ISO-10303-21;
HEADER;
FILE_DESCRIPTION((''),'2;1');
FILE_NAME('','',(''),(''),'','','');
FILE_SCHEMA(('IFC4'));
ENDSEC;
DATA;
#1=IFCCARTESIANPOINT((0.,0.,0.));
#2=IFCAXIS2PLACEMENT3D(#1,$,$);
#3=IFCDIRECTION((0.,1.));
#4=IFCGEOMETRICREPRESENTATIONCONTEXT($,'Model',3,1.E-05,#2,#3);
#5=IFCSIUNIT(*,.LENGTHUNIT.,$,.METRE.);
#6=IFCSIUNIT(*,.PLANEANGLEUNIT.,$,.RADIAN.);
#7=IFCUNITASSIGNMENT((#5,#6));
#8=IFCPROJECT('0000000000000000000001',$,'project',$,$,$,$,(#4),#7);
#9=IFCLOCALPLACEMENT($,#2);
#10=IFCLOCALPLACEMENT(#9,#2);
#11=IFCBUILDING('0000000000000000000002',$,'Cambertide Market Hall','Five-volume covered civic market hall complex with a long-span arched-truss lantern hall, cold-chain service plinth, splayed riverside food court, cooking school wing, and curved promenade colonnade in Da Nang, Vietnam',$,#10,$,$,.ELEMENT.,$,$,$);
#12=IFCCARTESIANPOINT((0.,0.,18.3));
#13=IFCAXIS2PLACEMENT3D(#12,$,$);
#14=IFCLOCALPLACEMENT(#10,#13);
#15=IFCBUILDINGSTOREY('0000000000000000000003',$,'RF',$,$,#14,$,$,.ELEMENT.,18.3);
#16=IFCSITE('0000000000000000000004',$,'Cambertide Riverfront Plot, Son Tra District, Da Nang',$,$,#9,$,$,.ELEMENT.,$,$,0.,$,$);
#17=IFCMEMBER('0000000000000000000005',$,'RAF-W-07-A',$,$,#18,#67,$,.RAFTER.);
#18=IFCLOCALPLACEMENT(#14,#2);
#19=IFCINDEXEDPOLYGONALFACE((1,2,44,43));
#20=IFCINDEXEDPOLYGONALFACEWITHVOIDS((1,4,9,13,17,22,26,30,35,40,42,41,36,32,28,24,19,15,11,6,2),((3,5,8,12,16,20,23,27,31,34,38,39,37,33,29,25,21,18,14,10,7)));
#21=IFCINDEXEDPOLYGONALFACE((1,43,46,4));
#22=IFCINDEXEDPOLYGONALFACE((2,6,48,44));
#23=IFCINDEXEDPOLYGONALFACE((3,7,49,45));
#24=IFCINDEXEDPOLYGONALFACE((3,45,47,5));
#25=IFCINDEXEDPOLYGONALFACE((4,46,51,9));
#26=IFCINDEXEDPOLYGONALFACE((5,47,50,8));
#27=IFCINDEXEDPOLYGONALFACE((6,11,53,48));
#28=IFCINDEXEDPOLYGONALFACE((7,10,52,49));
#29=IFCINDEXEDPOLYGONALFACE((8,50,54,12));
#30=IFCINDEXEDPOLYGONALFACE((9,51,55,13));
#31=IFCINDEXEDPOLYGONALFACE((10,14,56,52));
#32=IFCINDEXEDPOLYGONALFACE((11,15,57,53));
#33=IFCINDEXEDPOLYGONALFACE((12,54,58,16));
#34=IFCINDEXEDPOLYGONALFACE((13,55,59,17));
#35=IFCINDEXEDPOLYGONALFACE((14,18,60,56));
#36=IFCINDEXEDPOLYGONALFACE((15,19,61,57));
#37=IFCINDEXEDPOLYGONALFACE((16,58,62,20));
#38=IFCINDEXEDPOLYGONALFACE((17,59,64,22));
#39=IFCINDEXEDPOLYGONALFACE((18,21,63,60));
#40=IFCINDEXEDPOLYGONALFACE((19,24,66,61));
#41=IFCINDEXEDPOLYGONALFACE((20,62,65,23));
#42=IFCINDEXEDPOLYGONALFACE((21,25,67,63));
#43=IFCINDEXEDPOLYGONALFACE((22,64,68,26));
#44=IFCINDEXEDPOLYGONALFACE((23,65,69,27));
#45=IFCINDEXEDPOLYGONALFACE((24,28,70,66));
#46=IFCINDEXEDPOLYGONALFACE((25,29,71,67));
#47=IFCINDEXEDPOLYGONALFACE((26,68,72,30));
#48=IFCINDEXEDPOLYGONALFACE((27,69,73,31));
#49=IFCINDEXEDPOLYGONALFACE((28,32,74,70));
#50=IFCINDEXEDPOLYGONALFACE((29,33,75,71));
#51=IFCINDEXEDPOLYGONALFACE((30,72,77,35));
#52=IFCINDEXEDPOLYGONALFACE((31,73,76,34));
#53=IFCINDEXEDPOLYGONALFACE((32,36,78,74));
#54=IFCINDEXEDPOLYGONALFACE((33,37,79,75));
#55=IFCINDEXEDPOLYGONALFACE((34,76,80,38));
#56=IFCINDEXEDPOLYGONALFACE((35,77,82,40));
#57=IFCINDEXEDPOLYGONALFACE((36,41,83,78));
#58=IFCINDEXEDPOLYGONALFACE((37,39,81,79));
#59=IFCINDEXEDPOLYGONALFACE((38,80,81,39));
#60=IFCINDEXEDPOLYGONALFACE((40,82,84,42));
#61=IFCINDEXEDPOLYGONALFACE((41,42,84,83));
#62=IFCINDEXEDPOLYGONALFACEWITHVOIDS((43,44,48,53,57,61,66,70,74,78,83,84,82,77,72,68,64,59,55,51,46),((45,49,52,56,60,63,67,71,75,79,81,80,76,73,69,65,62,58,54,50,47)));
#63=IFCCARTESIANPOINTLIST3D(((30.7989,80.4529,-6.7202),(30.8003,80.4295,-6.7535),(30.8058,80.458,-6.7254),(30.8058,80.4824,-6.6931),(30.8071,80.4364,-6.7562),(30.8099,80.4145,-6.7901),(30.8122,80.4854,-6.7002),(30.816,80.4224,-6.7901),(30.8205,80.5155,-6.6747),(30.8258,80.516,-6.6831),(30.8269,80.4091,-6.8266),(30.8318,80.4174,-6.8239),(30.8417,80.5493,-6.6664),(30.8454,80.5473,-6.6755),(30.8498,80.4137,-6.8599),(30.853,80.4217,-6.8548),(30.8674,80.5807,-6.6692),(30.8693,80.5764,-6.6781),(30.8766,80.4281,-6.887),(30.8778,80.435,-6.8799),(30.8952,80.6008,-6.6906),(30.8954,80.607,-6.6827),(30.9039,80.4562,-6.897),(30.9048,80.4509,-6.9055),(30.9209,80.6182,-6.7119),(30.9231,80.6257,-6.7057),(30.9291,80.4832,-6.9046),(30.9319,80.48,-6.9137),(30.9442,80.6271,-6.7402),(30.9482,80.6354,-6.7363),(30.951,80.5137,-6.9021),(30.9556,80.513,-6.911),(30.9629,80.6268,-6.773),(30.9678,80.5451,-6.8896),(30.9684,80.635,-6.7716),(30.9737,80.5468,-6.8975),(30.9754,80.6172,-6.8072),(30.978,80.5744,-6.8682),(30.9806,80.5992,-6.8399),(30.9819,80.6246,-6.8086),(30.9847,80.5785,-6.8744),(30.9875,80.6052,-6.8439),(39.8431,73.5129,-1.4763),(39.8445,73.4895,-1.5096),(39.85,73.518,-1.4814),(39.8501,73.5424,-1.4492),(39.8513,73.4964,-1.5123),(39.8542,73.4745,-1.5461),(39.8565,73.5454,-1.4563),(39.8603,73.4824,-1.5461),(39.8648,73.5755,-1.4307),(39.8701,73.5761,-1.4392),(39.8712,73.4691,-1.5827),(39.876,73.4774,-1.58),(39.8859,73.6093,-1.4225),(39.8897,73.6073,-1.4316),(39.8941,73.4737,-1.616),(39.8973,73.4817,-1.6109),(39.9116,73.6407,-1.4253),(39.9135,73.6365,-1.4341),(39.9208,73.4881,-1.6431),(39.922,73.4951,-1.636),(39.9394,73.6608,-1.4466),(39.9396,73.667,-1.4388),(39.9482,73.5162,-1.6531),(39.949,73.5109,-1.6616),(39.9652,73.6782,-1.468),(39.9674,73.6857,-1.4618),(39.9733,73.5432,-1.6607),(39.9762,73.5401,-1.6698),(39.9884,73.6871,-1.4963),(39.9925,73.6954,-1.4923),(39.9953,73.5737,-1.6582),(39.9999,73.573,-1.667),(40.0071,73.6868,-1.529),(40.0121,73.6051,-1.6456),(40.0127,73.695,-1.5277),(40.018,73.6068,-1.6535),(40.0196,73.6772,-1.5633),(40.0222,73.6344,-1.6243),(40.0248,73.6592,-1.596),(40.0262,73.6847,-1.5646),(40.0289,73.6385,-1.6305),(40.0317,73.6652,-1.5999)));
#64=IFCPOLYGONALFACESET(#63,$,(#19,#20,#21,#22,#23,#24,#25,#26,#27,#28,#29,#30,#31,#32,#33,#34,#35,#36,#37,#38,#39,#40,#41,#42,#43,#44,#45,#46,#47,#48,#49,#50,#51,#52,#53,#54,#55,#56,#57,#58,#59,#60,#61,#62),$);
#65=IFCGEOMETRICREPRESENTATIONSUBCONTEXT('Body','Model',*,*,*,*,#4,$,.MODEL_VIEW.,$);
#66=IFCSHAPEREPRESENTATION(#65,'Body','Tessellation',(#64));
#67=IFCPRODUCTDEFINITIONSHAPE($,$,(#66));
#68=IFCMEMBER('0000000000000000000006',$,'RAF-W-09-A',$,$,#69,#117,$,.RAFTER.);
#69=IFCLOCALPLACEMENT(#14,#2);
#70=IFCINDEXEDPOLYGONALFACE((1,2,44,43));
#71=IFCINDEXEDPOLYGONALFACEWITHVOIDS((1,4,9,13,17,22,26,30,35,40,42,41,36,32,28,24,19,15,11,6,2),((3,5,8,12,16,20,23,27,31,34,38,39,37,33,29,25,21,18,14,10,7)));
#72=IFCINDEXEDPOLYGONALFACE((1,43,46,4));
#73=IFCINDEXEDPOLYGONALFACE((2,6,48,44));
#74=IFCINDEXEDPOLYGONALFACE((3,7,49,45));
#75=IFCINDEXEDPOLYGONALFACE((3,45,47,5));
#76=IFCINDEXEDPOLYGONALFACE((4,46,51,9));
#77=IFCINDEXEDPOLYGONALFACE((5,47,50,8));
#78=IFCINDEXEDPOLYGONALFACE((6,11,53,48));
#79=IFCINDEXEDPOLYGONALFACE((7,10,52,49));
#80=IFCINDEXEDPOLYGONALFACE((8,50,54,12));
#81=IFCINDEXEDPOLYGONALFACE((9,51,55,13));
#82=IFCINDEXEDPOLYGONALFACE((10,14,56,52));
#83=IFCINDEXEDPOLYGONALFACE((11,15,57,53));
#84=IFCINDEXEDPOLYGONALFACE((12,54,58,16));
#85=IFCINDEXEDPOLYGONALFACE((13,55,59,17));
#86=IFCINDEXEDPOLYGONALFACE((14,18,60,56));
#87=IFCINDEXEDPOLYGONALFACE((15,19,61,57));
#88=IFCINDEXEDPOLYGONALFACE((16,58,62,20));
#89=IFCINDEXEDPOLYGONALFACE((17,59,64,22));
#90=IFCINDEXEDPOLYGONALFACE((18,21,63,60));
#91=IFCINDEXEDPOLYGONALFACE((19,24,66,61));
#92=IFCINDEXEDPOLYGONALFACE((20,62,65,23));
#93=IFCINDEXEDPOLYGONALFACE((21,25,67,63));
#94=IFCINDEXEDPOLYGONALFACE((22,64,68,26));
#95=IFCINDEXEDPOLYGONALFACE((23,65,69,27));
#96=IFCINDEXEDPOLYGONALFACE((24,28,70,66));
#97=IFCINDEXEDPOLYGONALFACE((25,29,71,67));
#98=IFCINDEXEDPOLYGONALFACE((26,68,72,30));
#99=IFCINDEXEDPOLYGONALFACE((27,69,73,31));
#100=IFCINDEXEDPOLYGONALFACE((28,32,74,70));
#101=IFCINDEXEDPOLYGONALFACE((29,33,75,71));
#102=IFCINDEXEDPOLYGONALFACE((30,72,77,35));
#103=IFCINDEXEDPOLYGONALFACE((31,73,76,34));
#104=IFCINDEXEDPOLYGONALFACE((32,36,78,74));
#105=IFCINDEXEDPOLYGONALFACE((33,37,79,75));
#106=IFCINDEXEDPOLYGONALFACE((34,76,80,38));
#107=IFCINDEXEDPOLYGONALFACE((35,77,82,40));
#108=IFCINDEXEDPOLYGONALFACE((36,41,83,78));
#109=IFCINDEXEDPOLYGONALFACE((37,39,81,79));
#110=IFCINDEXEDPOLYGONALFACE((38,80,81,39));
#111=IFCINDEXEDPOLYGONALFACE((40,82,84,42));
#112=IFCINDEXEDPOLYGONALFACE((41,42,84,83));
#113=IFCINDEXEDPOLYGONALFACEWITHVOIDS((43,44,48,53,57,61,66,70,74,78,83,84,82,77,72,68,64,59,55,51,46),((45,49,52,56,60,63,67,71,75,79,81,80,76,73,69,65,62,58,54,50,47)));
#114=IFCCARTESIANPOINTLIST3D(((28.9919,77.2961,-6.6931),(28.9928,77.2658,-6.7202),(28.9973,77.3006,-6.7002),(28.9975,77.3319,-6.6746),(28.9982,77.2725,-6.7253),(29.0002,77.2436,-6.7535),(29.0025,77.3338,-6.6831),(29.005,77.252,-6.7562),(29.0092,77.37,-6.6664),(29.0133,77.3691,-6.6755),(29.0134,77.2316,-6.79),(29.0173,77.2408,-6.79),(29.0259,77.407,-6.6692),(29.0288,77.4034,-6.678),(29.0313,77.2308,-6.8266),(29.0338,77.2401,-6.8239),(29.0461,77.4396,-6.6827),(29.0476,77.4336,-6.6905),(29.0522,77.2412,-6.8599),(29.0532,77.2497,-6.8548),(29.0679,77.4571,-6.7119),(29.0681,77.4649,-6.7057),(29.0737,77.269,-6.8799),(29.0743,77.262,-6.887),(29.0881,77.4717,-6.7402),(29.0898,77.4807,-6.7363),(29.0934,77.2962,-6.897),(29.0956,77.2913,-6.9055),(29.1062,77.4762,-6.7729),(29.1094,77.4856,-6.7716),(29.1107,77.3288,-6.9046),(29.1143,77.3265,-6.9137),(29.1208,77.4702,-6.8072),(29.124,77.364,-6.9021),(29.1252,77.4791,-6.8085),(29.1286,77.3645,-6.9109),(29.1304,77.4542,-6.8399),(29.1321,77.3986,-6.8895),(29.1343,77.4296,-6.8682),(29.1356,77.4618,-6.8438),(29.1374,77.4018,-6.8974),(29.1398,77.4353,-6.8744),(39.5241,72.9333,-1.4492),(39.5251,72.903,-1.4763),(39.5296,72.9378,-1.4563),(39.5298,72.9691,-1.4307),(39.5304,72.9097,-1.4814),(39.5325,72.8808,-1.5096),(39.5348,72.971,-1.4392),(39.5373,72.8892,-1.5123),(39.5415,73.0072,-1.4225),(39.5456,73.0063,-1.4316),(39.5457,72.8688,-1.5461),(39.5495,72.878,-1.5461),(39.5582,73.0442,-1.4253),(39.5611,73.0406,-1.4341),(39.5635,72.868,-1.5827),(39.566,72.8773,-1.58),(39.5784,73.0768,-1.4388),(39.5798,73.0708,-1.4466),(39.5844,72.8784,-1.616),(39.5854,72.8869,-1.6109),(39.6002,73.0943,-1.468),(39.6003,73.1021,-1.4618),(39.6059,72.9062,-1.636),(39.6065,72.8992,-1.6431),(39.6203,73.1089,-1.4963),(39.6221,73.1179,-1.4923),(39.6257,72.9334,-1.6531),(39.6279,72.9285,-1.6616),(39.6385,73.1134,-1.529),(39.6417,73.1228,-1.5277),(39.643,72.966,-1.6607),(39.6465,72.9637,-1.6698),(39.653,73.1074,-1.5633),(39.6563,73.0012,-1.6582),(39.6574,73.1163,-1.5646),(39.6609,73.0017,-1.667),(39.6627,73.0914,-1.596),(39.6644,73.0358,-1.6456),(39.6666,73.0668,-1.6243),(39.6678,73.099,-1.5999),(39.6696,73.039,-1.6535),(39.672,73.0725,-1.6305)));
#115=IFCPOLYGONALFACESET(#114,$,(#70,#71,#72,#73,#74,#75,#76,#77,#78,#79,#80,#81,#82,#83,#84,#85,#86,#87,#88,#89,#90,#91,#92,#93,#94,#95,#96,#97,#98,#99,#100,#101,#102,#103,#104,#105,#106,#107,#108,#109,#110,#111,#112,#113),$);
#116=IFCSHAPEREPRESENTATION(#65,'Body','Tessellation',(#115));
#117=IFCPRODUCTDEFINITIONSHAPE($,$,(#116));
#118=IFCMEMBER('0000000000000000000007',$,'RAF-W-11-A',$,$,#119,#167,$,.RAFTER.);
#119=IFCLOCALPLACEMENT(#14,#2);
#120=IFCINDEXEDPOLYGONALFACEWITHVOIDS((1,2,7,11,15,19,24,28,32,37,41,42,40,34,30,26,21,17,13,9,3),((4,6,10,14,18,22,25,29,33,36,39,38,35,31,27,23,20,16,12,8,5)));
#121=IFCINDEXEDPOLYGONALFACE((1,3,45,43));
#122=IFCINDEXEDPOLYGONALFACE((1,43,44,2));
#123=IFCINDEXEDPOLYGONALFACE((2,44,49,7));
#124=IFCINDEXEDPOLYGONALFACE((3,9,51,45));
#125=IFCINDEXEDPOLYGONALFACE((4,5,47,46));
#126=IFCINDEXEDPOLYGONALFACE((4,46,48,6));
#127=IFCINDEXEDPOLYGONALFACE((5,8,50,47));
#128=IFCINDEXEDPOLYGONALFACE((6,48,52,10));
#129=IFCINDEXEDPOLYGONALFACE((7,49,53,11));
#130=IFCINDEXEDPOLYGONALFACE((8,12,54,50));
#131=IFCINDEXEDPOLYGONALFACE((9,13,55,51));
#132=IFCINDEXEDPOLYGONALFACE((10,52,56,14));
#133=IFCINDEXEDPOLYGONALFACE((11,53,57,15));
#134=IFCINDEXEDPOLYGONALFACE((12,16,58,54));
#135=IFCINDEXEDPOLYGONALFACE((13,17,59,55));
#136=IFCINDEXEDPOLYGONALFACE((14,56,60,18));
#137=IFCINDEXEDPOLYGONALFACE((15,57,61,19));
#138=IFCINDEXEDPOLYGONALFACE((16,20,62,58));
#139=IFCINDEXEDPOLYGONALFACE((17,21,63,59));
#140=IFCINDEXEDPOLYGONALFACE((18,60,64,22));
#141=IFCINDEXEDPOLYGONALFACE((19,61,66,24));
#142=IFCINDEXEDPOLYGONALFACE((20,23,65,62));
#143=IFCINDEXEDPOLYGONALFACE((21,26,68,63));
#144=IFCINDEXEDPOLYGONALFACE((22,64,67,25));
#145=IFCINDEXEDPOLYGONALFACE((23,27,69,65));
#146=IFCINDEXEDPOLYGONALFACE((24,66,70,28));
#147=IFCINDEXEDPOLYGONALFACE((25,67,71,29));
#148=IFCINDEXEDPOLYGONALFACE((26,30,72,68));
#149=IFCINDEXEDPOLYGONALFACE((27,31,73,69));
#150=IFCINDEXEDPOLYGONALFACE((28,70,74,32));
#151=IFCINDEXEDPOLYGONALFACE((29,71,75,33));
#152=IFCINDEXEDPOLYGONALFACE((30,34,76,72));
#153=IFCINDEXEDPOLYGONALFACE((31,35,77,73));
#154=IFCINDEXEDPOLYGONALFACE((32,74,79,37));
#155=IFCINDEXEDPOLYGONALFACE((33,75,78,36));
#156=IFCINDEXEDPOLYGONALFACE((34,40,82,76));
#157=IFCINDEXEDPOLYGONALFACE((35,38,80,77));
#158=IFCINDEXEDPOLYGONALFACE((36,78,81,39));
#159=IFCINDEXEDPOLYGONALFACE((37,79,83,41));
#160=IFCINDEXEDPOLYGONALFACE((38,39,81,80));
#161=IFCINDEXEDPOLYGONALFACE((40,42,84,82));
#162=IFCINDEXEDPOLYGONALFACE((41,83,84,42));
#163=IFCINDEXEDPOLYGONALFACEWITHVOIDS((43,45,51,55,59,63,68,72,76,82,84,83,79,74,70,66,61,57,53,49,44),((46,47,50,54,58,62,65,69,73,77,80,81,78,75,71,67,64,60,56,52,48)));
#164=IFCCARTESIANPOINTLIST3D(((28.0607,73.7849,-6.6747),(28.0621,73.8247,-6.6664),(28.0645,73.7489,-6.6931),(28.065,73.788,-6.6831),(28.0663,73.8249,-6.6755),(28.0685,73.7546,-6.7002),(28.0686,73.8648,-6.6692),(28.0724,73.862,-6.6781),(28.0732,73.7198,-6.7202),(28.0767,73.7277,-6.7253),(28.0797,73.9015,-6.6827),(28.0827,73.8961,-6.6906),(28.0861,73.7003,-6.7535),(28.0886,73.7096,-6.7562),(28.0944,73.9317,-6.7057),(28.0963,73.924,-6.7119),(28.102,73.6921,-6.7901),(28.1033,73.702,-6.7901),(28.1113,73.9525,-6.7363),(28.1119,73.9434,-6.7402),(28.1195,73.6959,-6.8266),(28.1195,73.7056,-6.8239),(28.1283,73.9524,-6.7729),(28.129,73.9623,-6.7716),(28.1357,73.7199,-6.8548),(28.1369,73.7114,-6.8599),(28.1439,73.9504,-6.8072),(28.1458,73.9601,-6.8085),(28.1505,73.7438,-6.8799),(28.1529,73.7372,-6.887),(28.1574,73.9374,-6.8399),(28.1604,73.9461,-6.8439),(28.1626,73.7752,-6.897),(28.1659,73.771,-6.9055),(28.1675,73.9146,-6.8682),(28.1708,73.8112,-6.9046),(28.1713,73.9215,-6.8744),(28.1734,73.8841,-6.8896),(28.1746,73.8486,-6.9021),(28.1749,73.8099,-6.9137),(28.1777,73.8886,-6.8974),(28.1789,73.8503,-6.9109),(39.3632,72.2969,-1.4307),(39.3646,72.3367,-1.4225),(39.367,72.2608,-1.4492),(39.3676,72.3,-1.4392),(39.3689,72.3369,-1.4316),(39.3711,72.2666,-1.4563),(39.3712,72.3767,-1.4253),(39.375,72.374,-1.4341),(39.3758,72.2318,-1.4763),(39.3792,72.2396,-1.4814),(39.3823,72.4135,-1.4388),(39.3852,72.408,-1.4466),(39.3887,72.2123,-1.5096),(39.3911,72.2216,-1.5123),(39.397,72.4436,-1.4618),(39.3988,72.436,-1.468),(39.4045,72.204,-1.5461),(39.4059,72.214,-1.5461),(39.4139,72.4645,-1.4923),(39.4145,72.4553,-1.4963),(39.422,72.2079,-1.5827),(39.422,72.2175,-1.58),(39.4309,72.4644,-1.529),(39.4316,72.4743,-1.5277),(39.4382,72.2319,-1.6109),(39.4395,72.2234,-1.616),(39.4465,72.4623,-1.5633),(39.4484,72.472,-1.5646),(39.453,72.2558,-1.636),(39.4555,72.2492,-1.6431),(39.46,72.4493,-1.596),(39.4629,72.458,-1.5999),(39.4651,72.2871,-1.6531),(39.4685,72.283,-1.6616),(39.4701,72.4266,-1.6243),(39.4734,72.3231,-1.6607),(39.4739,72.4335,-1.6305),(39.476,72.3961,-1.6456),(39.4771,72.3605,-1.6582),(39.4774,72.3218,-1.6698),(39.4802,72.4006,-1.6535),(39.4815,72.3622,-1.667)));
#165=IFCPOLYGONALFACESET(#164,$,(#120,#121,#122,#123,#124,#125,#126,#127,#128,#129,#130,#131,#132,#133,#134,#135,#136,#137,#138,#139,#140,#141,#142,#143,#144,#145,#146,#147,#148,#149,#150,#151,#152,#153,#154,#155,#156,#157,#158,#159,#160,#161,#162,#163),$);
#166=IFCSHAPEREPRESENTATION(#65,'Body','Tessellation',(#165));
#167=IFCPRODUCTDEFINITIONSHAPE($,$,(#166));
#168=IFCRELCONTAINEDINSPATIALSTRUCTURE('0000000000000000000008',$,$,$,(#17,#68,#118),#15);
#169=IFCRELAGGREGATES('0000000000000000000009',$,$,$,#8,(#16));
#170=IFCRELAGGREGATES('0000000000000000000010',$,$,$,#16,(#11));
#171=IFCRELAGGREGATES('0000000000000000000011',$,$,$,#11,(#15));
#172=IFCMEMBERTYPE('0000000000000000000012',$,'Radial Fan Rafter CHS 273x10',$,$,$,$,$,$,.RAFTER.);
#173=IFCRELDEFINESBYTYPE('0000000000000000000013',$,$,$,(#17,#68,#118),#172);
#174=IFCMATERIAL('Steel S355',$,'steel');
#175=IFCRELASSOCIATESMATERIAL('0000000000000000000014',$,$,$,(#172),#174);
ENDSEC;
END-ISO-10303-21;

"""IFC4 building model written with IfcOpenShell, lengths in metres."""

from ifc_helpers import new_model, si_unit, direction, frame, origin, origin_2d, place, context, subcontext, project, spatial, hollow_circle, extrude, material, material_profile, profile_set, type_object, element, save


model = new_model("IFC4")

# Units and contexts
model_context = context("Model", 3, precision=1e-05, world=origin(), true_north=direction((0.0, 1.0)))
body_context = subcontext(model_context, "Body", "Model", "MODEL_VIEW")
ifc_project = project(units=[si_unit("LENGTHUNIT", "METRE"), si_unit("PLANEANGLEUNIT", "RADIAN")], contexts=[model_context])

# Site, building, storey
site_placement = place(None, origin())
site = spatial("IfcSite", under=ifc_project, at=site_placement, Name="Cambertide Riverfront Plot, Son Tra District, Da Nang", CompositionType="ELEMENT", RefElevation=0.0)
building_placement = place(site_placement, origin())
building = spatial("IfcBuilding", under=site, at=building_placement, Name="Cambertide Market Hall", Description="Five-volume covered civic market hall complex with a long-span arched-truss lantern hall, cold-chain service plinth, splayed riverside food court, cooking school wing, and curved promenade colonnade in Da Nang, Vietnam", CompositionType="ELEMENT")
storey_placement = place(building_placement, frame((0.0, 0.0, 18.3)))
storey = spatial("IfcBuildingStorey", under=building, at=storey_placement, Name="RF", CompositionType="ELEMENT", Elevation=18.3)

# Members
ifc_material_1 = material(Name="Steel S355", Category="steel")
ifc_material_profile_1 = material_profile(ifc_material_1, hollow_circle(Radius=0.1365, WallThickness=0.01, at=origin_2d()), Name="CHS 273x10")
ifc_profile_set_1 = profile_set([ifc_material_profile_1], Name="Steel S355")
member_type_1 = type_object("IfcMemberType", Name="Radial Fan Rafter CHS 273x10", PredefinedType="RAFTER", material=ifc_profile_set_1)
for number, where, z_axis, x_axis, name in (
    (1, (39.9373, 73.5828, -1.5461), (-0.720753, 0.55306, -0.417899), (-0.608766, -0.793349, 0.0), "RAF-W-07-A"),
    (2, (39.5979, 72.9949, -1.5461), (-0.839334, 0.34768, -0.417896), (-0.382699, -0.923873, 0.0), "RAF-W-09-A"),
    (3, (39.4224, 72.3394, -1.5461), (-0.900721, 0.118585, -0.417898), (-0.130529, -0.991444, 0.0), "RAF-W-11-A"),
):
    element("IfcMember", number, at=place(storey_placement, frame(where, z_axis=z_axis, x_axis=x_axis)), inside=storey, type_object=member_type_1, Name=name, PredefinedType="RAFTER", context=body_context, shape_type="SweptSolid", body=[
        extrude(hollow_circle(Radius=0.1365, WallThickness=0.01, at=origin_2d()), origin(), (0.0, 0.0, 1.0), 12.5483),
    ])

save(model, "model.ifc")
